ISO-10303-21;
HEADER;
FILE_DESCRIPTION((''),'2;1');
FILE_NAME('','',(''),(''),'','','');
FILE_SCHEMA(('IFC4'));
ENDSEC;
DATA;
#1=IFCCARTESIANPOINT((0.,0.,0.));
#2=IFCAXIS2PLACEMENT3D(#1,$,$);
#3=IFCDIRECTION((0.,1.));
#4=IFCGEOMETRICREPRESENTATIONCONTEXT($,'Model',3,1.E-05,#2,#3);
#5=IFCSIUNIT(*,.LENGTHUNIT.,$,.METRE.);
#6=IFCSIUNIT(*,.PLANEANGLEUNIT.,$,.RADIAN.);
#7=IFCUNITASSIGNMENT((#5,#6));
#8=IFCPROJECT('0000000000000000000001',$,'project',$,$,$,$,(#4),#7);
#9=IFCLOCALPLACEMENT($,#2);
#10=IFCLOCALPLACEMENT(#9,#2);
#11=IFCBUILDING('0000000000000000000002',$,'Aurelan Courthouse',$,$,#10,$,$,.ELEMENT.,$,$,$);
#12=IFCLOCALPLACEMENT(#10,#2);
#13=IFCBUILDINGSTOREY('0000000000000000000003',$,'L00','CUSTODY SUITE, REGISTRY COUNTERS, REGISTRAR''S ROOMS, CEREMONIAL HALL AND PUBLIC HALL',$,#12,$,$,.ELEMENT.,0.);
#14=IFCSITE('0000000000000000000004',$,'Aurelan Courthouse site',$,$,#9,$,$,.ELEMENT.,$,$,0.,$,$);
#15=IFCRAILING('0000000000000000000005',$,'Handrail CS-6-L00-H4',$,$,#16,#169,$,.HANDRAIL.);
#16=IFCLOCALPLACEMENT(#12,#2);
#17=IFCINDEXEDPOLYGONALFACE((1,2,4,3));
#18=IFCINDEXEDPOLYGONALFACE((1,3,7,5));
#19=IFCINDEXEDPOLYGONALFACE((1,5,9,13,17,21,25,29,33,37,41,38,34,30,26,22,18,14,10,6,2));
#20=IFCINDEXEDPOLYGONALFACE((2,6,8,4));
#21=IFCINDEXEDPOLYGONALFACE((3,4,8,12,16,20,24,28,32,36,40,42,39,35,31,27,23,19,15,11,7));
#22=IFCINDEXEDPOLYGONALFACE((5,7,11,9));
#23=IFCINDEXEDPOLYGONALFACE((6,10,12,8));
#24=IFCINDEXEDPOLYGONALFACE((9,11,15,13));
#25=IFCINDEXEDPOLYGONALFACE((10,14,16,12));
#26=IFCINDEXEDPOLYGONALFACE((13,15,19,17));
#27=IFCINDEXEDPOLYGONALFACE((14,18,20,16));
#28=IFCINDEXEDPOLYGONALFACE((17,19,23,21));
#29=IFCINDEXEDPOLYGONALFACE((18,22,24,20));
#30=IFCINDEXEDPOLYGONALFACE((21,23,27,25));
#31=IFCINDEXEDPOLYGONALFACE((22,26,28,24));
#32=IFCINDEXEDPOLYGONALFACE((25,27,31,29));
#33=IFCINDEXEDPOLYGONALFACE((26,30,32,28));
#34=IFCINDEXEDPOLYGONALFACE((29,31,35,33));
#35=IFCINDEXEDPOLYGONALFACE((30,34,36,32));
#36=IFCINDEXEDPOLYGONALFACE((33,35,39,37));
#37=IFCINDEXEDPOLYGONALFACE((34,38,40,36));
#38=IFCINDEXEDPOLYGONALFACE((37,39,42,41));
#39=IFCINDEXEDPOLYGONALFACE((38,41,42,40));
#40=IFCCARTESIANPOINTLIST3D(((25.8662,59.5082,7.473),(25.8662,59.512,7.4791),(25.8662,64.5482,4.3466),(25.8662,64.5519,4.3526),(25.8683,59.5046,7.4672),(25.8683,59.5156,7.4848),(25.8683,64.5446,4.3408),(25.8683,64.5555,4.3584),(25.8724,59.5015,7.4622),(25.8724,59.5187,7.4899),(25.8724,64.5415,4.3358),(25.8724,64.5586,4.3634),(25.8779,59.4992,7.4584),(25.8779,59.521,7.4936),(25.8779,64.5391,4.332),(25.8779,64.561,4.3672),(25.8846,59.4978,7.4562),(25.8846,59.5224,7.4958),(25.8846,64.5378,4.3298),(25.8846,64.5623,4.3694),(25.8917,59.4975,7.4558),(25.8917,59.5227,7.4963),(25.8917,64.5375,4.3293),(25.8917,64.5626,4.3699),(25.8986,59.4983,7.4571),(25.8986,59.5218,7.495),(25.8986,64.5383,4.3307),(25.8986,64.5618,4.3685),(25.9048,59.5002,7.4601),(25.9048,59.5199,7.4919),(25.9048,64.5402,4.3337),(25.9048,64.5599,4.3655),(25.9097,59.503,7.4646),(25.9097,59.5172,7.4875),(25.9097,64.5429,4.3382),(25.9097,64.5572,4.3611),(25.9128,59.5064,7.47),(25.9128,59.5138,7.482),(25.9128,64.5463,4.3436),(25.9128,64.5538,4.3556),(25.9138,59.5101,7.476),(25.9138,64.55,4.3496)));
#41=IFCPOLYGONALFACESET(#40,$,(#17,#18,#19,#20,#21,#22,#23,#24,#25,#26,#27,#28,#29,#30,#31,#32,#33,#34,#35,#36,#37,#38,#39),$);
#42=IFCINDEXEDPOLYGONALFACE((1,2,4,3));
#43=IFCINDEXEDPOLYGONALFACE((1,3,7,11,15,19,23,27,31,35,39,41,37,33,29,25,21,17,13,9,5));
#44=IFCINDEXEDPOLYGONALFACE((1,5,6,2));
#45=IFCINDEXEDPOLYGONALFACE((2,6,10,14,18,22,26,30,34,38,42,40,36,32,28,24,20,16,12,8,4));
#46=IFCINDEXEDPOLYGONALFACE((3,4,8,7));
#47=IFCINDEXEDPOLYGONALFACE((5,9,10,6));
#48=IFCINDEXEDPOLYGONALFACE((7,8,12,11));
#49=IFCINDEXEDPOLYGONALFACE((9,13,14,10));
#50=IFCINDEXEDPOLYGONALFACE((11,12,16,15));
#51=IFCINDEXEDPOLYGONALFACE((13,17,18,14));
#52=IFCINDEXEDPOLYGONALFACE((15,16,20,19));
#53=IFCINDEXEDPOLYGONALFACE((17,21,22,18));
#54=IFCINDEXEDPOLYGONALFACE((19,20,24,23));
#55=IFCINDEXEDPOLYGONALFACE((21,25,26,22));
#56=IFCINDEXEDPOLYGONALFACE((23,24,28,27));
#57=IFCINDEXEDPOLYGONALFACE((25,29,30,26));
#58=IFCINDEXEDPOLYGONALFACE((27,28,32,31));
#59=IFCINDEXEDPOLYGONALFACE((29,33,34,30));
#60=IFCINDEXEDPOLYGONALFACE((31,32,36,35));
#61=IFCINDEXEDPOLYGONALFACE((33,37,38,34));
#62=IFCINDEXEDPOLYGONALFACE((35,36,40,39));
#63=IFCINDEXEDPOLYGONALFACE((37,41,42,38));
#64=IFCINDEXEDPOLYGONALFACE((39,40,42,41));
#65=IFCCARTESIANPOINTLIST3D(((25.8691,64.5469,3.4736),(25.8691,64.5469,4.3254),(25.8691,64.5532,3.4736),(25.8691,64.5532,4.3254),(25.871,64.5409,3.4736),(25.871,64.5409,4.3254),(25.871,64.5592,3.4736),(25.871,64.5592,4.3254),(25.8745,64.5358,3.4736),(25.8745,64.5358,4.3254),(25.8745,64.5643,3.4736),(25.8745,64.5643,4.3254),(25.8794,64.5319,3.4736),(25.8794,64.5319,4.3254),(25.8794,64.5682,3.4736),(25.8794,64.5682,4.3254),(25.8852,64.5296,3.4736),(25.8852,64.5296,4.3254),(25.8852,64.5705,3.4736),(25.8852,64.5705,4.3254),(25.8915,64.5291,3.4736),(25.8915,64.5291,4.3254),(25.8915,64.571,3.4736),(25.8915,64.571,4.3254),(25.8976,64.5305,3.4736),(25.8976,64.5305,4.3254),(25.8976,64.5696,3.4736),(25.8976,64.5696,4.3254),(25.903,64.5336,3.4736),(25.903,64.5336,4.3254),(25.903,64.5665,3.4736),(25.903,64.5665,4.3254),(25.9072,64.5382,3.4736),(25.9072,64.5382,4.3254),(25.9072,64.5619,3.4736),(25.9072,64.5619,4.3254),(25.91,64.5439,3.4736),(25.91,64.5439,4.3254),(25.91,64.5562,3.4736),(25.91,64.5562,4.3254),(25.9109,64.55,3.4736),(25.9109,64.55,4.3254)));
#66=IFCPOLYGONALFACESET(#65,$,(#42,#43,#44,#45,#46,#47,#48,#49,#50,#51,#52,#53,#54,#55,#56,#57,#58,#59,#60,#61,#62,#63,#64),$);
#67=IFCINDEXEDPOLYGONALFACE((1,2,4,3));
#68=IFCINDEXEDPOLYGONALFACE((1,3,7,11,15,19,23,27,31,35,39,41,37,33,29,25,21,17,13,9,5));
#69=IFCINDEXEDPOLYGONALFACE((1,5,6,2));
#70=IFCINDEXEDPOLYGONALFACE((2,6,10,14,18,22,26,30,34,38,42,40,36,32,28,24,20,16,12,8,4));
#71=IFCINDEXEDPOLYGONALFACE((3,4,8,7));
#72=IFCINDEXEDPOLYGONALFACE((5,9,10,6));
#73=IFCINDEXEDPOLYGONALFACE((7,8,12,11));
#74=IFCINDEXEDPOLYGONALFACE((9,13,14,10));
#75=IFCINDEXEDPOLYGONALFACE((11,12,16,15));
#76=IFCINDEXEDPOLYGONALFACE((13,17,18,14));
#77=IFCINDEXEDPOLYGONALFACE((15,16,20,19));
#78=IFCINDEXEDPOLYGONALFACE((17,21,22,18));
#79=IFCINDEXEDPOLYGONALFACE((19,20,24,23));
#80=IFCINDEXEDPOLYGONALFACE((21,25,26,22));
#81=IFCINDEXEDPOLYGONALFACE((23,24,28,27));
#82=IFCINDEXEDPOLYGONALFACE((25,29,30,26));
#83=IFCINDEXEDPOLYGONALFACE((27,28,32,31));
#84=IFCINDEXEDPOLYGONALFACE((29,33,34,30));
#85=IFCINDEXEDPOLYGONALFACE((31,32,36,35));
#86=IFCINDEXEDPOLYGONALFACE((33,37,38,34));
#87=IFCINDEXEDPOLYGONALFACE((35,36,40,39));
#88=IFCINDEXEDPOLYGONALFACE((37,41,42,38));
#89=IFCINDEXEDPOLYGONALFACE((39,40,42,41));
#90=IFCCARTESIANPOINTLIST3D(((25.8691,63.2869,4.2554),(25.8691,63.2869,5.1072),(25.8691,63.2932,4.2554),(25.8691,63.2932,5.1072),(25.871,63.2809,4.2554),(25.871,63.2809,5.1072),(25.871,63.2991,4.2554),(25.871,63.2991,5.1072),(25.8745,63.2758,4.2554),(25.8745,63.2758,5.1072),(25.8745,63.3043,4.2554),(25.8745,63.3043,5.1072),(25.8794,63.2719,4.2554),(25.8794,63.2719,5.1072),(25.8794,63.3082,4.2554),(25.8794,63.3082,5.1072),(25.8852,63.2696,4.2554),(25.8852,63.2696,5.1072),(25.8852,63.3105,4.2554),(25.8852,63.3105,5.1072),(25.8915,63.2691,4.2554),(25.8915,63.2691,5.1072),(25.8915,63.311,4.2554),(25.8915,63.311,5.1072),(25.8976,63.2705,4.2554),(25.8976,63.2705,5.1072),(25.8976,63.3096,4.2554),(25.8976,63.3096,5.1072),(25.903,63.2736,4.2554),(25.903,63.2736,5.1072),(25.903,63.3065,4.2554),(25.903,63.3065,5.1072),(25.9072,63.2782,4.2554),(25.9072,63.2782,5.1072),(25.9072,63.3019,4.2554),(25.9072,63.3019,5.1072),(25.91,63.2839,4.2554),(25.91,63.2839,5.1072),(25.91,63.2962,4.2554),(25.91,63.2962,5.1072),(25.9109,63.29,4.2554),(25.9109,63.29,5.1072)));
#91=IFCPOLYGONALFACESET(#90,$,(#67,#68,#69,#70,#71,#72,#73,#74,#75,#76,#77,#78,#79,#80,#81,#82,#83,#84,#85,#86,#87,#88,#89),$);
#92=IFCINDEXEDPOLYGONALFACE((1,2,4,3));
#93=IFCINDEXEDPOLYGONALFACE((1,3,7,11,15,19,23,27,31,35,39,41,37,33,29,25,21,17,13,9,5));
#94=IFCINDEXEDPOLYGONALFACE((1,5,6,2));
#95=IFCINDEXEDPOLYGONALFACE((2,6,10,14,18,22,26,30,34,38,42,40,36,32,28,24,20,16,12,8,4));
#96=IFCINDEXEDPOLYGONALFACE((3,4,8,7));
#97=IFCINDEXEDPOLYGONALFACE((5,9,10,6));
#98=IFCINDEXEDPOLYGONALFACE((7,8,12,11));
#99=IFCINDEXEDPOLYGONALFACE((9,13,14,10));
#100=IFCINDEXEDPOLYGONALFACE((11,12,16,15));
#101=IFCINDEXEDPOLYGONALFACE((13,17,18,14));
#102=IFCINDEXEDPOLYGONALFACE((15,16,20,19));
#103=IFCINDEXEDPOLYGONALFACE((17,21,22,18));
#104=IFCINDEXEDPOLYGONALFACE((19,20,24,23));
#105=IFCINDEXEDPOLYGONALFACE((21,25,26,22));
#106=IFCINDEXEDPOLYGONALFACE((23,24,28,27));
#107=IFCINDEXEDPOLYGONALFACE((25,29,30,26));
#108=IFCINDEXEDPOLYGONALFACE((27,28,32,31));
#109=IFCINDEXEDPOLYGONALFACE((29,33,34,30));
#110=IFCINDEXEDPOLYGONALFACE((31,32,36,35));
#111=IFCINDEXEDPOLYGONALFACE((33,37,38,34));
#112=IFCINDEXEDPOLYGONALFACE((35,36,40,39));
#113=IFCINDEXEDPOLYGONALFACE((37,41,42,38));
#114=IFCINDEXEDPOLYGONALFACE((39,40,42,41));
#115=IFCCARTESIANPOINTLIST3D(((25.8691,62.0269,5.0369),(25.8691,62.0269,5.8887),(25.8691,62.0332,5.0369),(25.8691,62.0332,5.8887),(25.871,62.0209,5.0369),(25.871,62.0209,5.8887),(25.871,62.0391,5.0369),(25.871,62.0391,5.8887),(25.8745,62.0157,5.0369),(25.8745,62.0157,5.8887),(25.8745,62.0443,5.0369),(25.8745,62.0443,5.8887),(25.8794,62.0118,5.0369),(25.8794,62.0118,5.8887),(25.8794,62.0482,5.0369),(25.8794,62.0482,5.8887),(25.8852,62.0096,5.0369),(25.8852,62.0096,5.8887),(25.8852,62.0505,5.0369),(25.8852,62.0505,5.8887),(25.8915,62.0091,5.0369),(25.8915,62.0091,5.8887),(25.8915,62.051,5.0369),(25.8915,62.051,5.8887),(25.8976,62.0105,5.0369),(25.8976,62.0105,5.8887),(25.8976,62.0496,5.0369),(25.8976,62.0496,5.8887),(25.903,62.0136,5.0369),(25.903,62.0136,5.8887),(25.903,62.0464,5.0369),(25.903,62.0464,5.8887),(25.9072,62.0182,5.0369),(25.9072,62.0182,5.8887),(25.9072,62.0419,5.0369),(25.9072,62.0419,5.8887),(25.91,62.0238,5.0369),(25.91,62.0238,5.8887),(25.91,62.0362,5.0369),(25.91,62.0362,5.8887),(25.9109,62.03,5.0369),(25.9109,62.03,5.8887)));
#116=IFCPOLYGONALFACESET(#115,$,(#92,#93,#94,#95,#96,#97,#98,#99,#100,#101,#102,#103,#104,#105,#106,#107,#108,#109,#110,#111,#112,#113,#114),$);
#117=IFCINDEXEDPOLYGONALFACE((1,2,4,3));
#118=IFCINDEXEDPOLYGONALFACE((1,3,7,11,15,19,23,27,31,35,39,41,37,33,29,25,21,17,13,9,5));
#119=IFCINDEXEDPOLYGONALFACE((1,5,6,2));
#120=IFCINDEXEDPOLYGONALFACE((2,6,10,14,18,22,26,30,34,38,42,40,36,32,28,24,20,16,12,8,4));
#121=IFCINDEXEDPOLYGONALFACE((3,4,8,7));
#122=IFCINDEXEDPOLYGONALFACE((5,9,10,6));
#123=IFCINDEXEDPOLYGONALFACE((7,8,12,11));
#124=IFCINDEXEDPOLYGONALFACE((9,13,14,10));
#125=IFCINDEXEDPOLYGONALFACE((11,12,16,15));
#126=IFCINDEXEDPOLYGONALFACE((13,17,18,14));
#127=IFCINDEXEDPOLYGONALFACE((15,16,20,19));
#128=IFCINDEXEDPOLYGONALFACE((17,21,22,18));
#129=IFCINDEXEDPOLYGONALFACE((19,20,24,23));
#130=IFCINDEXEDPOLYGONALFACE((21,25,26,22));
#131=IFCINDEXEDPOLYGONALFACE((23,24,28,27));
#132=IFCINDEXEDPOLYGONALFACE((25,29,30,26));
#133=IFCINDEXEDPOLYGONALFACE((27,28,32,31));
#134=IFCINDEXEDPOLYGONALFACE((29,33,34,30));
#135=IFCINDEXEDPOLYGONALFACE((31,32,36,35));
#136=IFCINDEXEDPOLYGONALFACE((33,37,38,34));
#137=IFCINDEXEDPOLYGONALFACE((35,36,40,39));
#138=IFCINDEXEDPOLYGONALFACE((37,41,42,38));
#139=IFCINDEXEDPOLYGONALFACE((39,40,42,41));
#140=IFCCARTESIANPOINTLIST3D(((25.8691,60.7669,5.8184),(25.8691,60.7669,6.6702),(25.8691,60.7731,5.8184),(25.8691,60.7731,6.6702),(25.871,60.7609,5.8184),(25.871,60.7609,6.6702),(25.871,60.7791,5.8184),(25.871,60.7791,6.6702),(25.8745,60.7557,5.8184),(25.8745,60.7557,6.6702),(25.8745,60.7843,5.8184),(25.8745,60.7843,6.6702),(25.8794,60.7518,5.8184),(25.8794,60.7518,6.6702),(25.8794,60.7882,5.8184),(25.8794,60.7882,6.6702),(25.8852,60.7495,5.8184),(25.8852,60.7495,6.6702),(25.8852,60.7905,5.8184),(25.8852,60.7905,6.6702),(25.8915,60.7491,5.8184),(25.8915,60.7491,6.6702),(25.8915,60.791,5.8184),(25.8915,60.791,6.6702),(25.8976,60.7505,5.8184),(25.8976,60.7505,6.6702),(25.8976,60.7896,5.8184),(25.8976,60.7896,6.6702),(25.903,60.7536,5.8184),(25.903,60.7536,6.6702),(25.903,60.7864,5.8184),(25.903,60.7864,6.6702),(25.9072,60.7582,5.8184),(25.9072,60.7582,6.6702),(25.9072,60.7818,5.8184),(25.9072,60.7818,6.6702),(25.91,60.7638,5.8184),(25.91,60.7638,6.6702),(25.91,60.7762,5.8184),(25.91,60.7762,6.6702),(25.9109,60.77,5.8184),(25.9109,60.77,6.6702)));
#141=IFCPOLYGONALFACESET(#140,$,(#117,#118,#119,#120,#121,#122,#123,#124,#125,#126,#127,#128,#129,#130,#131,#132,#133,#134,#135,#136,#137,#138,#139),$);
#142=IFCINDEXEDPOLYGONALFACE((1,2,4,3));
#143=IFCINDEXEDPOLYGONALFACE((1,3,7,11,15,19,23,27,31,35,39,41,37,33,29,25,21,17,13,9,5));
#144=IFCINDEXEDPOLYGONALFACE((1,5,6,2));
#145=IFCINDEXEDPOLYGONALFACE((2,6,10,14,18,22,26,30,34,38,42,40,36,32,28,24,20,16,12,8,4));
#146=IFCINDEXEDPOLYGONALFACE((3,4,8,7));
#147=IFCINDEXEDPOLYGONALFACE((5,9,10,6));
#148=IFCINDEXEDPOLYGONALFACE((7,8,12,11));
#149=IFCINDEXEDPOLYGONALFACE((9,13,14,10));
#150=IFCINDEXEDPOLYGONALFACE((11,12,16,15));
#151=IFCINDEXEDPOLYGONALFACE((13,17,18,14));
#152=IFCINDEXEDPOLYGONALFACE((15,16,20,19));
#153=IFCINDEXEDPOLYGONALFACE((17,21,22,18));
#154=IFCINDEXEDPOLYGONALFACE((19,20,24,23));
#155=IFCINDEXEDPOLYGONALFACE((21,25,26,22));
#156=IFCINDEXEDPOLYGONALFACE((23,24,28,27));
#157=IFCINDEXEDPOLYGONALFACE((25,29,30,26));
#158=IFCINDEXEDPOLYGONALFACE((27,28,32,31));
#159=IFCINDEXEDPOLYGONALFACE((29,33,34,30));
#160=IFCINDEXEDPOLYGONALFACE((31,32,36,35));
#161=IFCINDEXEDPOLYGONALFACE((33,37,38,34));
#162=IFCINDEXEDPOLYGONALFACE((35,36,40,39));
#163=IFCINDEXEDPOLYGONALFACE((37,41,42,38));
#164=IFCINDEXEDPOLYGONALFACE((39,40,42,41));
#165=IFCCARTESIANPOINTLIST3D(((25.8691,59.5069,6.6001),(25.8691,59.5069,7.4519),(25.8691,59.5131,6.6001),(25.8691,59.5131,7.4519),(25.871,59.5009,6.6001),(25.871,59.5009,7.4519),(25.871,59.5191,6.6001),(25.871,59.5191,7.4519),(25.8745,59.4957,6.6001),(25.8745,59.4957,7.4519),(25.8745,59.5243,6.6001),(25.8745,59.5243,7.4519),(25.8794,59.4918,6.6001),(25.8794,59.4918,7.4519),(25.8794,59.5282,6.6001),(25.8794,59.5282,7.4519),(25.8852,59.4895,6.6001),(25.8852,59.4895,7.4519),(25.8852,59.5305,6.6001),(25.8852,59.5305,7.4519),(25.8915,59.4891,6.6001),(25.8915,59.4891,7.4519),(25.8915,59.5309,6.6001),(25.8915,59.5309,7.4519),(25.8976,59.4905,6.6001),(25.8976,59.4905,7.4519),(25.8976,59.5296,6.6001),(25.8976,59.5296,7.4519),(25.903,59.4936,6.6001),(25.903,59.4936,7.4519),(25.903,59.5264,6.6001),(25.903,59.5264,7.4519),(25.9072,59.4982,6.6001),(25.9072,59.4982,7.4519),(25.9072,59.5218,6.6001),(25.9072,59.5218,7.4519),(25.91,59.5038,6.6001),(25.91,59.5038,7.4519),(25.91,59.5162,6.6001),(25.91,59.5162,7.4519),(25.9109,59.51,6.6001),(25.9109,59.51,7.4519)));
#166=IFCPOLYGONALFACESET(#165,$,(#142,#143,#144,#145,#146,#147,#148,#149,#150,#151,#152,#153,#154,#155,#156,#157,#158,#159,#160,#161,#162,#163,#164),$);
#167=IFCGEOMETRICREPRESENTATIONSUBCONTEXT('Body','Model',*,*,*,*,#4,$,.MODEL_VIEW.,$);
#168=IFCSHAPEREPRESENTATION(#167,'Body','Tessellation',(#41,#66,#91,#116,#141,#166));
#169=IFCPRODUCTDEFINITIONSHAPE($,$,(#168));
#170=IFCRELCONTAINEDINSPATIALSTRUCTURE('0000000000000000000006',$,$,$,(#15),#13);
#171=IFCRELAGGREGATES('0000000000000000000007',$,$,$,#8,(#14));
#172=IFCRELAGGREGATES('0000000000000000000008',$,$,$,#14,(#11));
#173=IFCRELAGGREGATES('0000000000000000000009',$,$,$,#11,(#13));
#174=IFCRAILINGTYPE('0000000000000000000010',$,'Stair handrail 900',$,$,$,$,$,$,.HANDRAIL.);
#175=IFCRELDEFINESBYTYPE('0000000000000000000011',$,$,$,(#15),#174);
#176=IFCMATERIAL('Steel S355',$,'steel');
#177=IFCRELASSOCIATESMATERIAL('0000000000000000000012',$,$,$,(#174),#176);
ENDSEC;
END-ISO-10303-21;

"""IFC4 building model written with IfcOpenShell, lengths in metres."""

from ifc_helpers import new_model, si_unit, direction, frame, origin, origin_2d, place, context, subcontext, project, spatial, circle, extrude, material, type_object, element, save


model = new_model("IFC4")

# Units and contexts
model_context = context("Model", 3, precision=1e-05, world=origin(), true_north=direction((0.0, 1.0)))
body_context = subcontext(model_context, "Body", "Model", "MODEL_VIEW")
ifc_project = project(units=[si_unit("LENGTHUNIT", "METRE"), si_unit("PLANEANGLEUNIT", "RADIAN")], contexts=[model_context])

# Site, building, storey
site_placement = place(None, origin())
site = spatial("IfcSite", under=ifc_project, at=site_placement, Name="Aurelan Courthouse site", CompositionType="ELEMENT", RefElevation=0.0)
building_placement = place(site_placement, origin())
building = spatial("IfcBuilding", under=site, at=building_placement, Name="Aurelan Courthouse", CompositionType="ELEMENT")
storey_placement = place(building_placement, origin())
storey = spatial("IfcBuildingStorey", under=building, at=storey_placement, Name="L00", Description="CUSTODY SUITE, REGISTRY COUNTERS, REGISTRAR'S ROOMS, CEREMONIAL HALL AND PUBLIC HALL", CompositionType="ELEMENT", Elevation=0.0)

# Railing
ifc_material_1 = material(Name="Steel S355", Category="steel")
railing_type_1 = type_object("IfcRailingType", Name="Stair handrail 900", PredefinedType="HANDRAIL", material=ifc_material_1)
railing_1_placement = place(storey_placement, frame((25.8899, 64.55, 3.4736)))
element("IfcRailing", 1, at=railing_1_placement, inside=storey, type_object=railing_type_1, Name="Handrail CS-6-L00-H4", PredefinedType="HANDRAIL", context=body_context, shape_type="SweptSolid", body=[
    extrude(circle(Radius=0.0239, at=origin_2d()), frame((0.0, 0.0, 0.876), z_axis=(0.0, -0.849779, 0.527139), x_axis=(1.0, 0.0, 0.0)), (0.0, 0.0, 1.0), 5.9309),
    extrude(circle(Radius=0.021, at=origin_2d()), origin(), (0.0, 0.0, 1.0), 0.8518),
    extrude(circle(Radius=0.021, at=origin_2d()), frame((0.0, -1.26, 0.7817)), (0.0, 0.0, 1.0), 0.8518),
    extrude(circle(Radius=0.021, at=origin_2d()), frame((0.0, -2.52, 1.5632)), (0.0, 0.0, 1.0), 0.8518),
    extrude(circle(Radius=0.021, at=origin_2d()), frame((0.0, -3.78, 2.3447)), (0.0, 0.0, 1.0), 0.8518),
    extrude(circle(Radius=0.021, at=origin_2d()), frame((0.0, -5.04, 3.1265)), (0.0, 0.0, 1.0), 0.8518),
])

save(model, "model.ifc")
